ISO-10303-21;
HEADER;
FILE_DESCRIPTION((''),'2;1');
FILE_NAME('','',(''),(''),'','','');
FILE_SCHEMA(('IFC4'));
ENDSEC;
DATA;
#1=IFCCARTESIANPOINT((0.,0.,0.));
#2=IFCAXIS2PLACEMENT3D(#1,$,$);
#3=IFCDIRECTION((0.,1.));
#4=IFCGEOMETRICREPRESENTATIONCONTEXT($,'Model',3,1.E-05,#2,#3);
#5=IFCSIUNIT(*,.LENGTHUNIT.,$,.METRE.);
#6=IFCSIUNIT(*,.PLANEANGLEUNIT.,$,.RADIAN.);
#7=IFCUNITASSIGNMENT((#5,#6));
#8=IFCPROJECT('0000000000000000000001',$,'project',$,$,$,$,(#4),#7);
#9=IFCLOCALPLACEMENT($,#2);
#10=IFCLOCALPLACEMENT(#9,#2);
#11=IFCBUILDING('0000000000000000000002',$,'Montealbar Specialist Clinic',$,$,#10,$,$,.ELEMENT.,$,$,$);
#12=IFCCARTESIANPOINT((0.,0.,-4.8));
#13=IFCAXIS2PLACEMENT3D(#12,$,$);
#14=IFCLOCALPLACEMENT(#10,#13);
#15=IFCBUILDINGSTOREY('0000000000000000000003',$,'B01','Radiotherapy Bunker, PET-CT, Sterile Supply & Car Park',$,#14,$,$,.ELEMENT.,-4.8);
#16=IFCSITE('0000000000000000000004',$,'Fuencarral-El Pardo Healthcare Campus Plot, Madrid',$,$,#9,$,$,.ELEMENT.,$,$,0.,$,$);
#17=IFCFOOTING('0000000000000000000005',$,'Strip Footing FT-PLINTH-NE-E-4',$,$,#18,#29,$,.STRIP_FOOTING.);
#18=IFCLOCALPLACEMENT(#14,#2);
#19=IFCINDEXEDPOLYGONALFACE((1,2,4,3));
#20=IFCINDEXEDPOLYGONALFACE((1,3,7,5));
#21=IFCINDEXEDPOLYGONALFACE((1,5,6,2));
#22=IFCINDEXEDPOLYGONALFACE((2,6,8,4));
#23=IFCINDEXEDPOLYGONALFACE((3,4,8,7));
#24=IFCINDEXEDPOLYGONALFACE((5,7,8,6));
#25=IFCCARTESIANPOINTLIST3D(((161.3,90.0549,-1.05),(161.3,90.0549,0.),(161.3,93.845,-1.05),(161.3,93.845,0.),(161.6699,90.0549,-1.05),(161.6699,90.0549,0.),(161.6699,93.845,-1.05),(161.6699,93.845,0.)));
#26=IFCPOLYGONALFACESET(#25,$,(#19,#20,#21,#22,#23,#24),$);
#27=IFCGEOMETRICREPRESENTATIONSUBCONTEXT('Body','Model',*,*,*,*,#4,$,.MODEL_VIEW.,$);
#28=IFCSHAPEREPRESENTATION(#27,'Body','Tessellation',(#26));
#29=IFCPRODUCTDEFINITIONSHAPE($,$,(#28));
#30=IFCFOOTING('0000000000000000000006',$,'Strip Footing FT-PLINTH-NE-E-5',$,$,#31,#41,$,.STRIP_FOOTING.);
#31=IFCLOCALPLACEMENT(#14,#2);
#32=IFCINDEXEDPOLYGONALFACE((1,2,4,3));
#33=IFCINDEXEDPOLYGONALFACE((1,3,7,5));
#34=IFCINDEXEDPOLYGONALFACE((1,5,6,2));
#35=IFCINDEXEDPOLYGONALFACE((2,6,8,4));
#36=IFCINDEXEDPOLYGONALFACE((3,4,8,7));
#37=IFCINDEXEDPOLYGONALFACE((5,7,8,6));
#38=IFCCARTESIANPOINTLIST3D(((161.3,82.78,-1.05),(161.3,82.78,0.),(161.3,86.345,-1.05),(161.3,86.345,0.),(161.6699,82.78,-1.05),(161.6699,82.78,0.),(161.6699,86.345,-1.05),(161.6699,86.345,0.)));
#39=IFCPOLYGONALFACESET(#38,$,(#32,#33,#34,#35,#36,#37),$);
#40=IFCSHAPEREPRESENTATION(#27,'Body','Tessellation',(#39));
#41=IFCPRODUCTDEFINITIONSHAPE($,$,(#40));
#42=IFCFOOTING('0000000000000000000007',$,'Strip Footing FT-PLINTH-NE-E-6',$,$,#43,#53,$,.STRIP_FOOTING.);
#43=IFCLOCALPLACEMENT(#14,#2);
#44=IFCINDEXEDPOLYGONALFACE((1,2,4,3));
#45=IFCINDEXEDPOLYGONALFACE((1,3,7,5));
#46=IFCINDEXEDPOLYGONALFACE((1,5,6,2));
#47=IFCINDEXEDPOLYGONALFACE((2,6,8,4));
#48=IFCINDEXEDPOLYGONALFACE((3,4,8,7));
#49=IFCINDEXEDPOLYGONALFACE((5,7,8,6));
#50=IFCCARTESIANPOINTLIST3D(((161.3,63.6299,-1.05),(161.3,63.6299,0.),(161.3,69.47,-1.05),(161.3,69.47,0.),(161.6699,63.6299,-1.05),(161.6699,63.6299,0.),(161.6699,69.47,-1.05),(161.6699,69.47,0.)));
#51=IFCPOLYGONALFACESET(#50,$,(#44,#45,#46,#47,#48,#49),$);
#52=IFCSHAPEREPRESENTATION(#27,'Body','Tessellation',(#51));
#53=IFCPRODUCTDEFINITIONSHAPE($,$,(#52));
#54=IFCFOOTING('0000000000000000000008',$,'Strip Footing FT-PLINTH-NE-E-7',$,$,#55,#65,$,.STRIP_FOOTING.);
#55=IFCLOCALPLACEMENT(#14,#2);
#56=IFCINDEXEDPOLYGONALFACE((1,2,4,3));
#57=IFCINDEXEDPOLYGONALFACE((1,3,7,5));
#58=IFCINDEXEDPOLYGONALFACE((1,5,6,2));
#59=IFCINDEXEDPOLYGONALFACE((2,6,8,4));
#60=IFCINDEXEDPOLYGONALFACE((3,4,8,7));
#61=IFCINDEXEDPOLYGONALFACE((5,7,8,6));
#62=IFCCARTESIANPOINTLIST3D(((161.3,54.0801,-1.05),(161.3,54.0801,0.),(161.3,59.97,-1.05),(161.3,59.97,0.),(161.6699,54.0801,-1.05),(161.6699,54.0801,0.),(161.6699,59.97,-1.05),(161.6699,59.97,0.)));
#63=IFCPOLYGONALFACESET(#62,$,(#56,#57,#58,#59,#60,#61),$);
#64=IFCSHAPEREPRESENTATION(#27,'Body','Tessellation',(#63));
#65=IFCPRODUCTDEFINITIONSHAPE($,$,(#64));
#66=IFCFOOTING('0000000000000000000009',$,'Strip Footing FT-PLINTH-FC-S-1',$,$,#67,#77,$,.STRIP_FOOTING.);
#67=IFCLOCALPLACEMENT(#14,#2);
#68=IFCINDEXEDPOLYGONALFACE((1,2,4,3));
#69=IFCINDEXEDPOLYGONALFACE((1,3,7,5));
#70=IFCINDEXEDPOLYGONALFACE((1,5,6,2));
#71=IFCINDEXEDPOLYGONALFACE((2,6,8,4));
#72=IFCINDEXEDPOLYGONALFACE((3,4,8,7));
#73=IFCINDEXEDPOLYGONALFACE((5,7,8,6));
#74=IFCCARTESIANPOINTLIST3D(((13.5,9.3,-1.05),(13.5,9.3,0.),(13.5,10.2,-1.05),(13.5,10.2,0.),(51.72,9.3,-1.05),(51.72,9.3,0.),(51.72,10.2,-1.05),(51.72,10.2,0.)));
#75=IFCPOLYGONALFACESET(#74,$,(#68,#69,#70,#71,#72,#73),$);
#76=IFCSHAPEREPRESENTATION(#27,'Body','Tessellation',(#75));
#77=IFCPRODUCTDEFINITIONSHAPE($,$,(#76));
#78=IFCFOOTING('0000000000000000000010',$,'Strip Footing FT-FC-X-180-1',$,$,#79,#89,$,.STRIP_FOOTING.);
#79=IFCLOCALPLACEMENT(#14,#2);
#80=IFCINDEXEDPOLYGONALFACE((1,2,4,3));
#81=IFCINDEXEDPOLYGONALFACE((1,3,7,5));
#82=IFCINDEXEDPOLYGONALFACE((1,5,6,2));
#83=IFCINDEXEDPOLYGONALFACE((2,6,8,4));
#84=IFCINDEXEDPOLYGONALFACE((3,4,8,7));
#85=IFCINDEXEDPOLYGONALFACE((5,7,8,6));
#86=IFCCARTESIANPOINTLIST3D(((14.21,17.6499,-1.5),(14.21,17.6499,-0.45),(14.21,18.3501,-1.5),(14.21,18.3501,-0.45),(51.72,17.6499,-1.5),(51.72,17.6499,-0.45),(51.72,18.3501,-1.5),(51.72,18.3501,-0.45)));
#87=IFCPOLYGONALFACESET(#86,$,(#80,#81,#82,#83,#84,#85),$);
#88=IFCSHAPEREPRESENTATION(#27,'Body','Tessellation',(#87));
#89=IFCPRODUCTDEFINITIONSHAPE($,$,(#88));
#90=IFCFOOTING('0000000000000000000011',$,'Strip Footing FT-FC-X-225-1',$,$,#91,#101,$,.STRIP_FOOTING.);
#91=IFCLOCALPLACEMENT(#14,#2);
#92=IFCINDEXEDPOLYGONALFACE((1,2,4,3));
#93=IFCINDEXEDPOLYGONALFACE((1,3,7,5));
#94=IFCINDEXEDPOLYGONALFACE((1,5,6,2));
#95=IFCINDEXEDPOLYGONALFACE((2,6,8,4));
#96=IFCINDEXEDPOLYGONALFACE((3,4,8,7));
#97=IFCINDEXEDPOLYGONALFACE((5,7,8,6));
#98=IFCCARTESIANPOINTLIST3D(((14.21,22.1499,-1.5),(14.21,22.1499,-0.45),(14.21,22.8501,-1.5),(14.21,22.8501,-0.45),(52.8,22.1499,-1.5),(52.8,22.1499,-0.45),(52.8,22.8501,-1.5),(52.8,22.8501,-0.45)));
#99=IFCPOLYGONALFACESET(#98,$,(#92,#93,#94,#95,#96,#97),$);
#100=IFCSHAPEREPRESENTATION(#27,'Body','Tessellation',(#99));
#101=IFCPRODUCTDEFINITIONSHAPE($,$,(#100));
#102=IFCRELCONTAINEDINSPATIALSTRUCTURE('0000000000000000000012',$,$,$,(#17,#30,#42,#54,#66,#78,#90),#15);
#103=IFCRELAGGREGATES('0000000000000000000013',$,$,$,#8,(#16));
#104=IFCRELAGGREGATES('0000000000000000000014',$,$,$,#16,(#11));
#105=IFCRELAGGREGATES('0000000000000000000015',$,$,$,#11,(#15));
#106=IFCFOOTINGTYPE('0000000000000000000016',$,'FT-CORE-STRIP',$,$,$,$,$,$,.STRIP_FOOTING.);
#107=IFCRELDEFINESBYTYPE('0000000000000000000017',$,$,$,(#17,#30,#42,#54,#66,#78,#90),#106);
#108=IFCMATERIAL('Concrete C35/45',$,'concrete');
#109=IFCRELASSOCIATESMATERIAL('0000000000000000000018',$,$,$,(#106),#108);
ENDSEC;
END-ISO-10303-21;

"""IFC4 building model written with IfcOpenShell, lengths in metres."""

from ifc_helpers import new_model, si_unit, direction, frame, origin, place, context, subcontext, project, spatial, polyline, outline, extrude, material, type_object, element, save


model = new_model("IFC4")

# Units and contexts
model_context = context("Model", 3, precision=1e-05, world=origin(), true_north=direction((0.0, 1.0)))
body_context = subcontext(model_context, "Body", "Model", "MODEL_VIEW")
ifc_project = project(units=[si_unit("LENGTHUNIT", "METRE"), si_unit("PLANEANGLEUNIT", "RADIAN")], contexts=[model_context])

# Site, building, storey
site_placement = place(None, origin())
site = spatial("IfcSite", under=ifc_project, at=site_placement, Name="Fuencarral-El Pardo Healthcare Campus Plot, Madrid", CompositionType="ELEMENT", RefElevation=0.0)
building_placement = place(site_placement, origin())
building = spatial("IfcBuilding", under=site, at=building_placement, Name="Montealbar Specialist Clinic", CompositionType="ELEMENT")
storey_placement = place(building_placement, frame((0.0, 0.0, -4.8)))
storey = spatial("IfcBuildingStorey", under=building, at=storey_placement, Name="B01", Description="Radiotherapy Bunker, PET-CT, Sterile Supply & Car Park", CompositionType="ELEMENT", Elevation=-4.8)

# Footings
ifc_material = material(Name="Concrete C35/45", Category="concrete")
footing_type_1 = type_object("IfcFootingType", Name="FT-CORE-STRIP", PredefinedType="STRIP_FOOTING", material=ifc_material)
footing_1_placement = place(storey_placement, frame((0.0, 0.0, -1.05)))
element("IfcFooting", 1, at=footing_1_placement, inside=storey, type_object=footing_type_1, Name="Strip Footing FT-PLINTH-NE-E-4", PredefinedType="STRIP_FOOTING", context=body_context, shape_type="SweptSolid", body=[
    extrude(outline(polyline([(161.3, 90.0549), (161.3, 93.845), (161.6699, 93.845), (161.6699, 90.0549), (161.3, 90.0549)])), origin(), (0.0, 0.0, 1.0), 1.05),
])
footing_2_placement = place(storey_placement, frame((0.0, 0.0, -1.05)))
element("IfcFooting", 2, at=footing_2_placement, inside=storey, type_object=footing_type_1, Name="Strip Footing FT-PLINTH-NE-E-5", PredefinedType="STRIP_FOOTING", context=body_context, shape_type="SweptSolid", body=[
    extrude(outline(polyline([(161.3, 86.345), (161.6699, 86.345), (161.6699, 82.78), (161.3, 82.78), (161.3, 86.345)])), origin(), (0.0, 0.0, 1.0), 1.05),
])
footing_3_placement = place(storey_placement, frame((0.0, 0.0, -1.05)))
element("IfcFooting", 3, at=footing_3_placement, inside=storey, type_object=footing_type_1, Name="Strip Footing FT-PLINTH-NE-E-6", PredefinedType="STRIP_FOOTING", context=body_context, shape_type="SweptSolid", body=[
    extrude(outline(polyline([(161.6699, 63.6299), (161.3, 63.6299), (161.3, 69.47), (161.6699, 69.47), (161.6699, 63.6299)])), origin(), (0.0, 0.0, 1.0), 1.05),
])
footing_4_placement = place(storey_placement, frame((0.0, 0.0, -1.05)))
element("IfcFooting", 4, at=footing_4_placement, inside=storey, type_object=footing_type_1, Name="Strip Footing FT-PLINTH-NE-E-7", PredefinedType="STRIP_FOOTING", context=body_context, shape_type="SweptSolid", body=[
    extrude(outline(polyline([(161.3, 54.0801), (161.3, 59.97), (161.6699, 59.97), (161.6699, 54.0801), (161.3, 54.0801)])), origin(), (0.0, 0.0, 1.0), 1.05),
])
footing_5_placement = place(storey_placement, frame((0.0, 0.0, -1.05)))
element("IfcFooting", 5, at=footing_5_placement, inside=storey, type_object=footing_type_1, Name="Strip Footing FT-PLINTH-FC-S-1", PredefinedType="STRIP_FOOTING", context=body_context, shape_type="SweptSolid", body=[
    extrude(outline(polyline([(51.72, 9.3), (13.5, 9.3), (13.5, 10.2), (51.72, 10.2), (51.72, 9.3)])), origin(), (0.0, 0.0, 1.0), 1.05),
])
footing_6_placement = place(storey_placement, frame((0.0, 0.0, -1.5)))
element("IfcFooting", 6, at=footing_6_placement, inside=storey, type_object=footing_type_1, Name="Strip Footing FT-FC-X-180-1", PredefinedType="STRIP_FOOTING", context=body_context, shape_type="SweptSolid", body=[
    extrude(outline(polyline([(51.72, 17.6499), (14.21, 17.6499), (14.21, 18.3501), (51.72, 18.3501), (51.72, 17.6499)])), origin(), (0.0, 0.0, 1.0), 1.05),
])
footing_7_placement = place(storey_placement, frame((0.0, 0.0, -1.5)))
element("IfcFooting", 7, at=footing_7_placement, inside=storey, type_object=footing_type_1, Name="Strip Footing FT-FC-X-225-1", PredefinedType="STRIP_FOOTING", context=body_context, shape_type="SweptSolid", body=[
    extrude(outline(polyline([(14.21, 22.1499), (14.21, 22.8501), (52.8, 22.8501), (52.8, 22.1499), (14.21, 22.1499)])), origin(), (0.0, 0.0, 1.0), 1.05),
])

save(model, "model.ifc")
